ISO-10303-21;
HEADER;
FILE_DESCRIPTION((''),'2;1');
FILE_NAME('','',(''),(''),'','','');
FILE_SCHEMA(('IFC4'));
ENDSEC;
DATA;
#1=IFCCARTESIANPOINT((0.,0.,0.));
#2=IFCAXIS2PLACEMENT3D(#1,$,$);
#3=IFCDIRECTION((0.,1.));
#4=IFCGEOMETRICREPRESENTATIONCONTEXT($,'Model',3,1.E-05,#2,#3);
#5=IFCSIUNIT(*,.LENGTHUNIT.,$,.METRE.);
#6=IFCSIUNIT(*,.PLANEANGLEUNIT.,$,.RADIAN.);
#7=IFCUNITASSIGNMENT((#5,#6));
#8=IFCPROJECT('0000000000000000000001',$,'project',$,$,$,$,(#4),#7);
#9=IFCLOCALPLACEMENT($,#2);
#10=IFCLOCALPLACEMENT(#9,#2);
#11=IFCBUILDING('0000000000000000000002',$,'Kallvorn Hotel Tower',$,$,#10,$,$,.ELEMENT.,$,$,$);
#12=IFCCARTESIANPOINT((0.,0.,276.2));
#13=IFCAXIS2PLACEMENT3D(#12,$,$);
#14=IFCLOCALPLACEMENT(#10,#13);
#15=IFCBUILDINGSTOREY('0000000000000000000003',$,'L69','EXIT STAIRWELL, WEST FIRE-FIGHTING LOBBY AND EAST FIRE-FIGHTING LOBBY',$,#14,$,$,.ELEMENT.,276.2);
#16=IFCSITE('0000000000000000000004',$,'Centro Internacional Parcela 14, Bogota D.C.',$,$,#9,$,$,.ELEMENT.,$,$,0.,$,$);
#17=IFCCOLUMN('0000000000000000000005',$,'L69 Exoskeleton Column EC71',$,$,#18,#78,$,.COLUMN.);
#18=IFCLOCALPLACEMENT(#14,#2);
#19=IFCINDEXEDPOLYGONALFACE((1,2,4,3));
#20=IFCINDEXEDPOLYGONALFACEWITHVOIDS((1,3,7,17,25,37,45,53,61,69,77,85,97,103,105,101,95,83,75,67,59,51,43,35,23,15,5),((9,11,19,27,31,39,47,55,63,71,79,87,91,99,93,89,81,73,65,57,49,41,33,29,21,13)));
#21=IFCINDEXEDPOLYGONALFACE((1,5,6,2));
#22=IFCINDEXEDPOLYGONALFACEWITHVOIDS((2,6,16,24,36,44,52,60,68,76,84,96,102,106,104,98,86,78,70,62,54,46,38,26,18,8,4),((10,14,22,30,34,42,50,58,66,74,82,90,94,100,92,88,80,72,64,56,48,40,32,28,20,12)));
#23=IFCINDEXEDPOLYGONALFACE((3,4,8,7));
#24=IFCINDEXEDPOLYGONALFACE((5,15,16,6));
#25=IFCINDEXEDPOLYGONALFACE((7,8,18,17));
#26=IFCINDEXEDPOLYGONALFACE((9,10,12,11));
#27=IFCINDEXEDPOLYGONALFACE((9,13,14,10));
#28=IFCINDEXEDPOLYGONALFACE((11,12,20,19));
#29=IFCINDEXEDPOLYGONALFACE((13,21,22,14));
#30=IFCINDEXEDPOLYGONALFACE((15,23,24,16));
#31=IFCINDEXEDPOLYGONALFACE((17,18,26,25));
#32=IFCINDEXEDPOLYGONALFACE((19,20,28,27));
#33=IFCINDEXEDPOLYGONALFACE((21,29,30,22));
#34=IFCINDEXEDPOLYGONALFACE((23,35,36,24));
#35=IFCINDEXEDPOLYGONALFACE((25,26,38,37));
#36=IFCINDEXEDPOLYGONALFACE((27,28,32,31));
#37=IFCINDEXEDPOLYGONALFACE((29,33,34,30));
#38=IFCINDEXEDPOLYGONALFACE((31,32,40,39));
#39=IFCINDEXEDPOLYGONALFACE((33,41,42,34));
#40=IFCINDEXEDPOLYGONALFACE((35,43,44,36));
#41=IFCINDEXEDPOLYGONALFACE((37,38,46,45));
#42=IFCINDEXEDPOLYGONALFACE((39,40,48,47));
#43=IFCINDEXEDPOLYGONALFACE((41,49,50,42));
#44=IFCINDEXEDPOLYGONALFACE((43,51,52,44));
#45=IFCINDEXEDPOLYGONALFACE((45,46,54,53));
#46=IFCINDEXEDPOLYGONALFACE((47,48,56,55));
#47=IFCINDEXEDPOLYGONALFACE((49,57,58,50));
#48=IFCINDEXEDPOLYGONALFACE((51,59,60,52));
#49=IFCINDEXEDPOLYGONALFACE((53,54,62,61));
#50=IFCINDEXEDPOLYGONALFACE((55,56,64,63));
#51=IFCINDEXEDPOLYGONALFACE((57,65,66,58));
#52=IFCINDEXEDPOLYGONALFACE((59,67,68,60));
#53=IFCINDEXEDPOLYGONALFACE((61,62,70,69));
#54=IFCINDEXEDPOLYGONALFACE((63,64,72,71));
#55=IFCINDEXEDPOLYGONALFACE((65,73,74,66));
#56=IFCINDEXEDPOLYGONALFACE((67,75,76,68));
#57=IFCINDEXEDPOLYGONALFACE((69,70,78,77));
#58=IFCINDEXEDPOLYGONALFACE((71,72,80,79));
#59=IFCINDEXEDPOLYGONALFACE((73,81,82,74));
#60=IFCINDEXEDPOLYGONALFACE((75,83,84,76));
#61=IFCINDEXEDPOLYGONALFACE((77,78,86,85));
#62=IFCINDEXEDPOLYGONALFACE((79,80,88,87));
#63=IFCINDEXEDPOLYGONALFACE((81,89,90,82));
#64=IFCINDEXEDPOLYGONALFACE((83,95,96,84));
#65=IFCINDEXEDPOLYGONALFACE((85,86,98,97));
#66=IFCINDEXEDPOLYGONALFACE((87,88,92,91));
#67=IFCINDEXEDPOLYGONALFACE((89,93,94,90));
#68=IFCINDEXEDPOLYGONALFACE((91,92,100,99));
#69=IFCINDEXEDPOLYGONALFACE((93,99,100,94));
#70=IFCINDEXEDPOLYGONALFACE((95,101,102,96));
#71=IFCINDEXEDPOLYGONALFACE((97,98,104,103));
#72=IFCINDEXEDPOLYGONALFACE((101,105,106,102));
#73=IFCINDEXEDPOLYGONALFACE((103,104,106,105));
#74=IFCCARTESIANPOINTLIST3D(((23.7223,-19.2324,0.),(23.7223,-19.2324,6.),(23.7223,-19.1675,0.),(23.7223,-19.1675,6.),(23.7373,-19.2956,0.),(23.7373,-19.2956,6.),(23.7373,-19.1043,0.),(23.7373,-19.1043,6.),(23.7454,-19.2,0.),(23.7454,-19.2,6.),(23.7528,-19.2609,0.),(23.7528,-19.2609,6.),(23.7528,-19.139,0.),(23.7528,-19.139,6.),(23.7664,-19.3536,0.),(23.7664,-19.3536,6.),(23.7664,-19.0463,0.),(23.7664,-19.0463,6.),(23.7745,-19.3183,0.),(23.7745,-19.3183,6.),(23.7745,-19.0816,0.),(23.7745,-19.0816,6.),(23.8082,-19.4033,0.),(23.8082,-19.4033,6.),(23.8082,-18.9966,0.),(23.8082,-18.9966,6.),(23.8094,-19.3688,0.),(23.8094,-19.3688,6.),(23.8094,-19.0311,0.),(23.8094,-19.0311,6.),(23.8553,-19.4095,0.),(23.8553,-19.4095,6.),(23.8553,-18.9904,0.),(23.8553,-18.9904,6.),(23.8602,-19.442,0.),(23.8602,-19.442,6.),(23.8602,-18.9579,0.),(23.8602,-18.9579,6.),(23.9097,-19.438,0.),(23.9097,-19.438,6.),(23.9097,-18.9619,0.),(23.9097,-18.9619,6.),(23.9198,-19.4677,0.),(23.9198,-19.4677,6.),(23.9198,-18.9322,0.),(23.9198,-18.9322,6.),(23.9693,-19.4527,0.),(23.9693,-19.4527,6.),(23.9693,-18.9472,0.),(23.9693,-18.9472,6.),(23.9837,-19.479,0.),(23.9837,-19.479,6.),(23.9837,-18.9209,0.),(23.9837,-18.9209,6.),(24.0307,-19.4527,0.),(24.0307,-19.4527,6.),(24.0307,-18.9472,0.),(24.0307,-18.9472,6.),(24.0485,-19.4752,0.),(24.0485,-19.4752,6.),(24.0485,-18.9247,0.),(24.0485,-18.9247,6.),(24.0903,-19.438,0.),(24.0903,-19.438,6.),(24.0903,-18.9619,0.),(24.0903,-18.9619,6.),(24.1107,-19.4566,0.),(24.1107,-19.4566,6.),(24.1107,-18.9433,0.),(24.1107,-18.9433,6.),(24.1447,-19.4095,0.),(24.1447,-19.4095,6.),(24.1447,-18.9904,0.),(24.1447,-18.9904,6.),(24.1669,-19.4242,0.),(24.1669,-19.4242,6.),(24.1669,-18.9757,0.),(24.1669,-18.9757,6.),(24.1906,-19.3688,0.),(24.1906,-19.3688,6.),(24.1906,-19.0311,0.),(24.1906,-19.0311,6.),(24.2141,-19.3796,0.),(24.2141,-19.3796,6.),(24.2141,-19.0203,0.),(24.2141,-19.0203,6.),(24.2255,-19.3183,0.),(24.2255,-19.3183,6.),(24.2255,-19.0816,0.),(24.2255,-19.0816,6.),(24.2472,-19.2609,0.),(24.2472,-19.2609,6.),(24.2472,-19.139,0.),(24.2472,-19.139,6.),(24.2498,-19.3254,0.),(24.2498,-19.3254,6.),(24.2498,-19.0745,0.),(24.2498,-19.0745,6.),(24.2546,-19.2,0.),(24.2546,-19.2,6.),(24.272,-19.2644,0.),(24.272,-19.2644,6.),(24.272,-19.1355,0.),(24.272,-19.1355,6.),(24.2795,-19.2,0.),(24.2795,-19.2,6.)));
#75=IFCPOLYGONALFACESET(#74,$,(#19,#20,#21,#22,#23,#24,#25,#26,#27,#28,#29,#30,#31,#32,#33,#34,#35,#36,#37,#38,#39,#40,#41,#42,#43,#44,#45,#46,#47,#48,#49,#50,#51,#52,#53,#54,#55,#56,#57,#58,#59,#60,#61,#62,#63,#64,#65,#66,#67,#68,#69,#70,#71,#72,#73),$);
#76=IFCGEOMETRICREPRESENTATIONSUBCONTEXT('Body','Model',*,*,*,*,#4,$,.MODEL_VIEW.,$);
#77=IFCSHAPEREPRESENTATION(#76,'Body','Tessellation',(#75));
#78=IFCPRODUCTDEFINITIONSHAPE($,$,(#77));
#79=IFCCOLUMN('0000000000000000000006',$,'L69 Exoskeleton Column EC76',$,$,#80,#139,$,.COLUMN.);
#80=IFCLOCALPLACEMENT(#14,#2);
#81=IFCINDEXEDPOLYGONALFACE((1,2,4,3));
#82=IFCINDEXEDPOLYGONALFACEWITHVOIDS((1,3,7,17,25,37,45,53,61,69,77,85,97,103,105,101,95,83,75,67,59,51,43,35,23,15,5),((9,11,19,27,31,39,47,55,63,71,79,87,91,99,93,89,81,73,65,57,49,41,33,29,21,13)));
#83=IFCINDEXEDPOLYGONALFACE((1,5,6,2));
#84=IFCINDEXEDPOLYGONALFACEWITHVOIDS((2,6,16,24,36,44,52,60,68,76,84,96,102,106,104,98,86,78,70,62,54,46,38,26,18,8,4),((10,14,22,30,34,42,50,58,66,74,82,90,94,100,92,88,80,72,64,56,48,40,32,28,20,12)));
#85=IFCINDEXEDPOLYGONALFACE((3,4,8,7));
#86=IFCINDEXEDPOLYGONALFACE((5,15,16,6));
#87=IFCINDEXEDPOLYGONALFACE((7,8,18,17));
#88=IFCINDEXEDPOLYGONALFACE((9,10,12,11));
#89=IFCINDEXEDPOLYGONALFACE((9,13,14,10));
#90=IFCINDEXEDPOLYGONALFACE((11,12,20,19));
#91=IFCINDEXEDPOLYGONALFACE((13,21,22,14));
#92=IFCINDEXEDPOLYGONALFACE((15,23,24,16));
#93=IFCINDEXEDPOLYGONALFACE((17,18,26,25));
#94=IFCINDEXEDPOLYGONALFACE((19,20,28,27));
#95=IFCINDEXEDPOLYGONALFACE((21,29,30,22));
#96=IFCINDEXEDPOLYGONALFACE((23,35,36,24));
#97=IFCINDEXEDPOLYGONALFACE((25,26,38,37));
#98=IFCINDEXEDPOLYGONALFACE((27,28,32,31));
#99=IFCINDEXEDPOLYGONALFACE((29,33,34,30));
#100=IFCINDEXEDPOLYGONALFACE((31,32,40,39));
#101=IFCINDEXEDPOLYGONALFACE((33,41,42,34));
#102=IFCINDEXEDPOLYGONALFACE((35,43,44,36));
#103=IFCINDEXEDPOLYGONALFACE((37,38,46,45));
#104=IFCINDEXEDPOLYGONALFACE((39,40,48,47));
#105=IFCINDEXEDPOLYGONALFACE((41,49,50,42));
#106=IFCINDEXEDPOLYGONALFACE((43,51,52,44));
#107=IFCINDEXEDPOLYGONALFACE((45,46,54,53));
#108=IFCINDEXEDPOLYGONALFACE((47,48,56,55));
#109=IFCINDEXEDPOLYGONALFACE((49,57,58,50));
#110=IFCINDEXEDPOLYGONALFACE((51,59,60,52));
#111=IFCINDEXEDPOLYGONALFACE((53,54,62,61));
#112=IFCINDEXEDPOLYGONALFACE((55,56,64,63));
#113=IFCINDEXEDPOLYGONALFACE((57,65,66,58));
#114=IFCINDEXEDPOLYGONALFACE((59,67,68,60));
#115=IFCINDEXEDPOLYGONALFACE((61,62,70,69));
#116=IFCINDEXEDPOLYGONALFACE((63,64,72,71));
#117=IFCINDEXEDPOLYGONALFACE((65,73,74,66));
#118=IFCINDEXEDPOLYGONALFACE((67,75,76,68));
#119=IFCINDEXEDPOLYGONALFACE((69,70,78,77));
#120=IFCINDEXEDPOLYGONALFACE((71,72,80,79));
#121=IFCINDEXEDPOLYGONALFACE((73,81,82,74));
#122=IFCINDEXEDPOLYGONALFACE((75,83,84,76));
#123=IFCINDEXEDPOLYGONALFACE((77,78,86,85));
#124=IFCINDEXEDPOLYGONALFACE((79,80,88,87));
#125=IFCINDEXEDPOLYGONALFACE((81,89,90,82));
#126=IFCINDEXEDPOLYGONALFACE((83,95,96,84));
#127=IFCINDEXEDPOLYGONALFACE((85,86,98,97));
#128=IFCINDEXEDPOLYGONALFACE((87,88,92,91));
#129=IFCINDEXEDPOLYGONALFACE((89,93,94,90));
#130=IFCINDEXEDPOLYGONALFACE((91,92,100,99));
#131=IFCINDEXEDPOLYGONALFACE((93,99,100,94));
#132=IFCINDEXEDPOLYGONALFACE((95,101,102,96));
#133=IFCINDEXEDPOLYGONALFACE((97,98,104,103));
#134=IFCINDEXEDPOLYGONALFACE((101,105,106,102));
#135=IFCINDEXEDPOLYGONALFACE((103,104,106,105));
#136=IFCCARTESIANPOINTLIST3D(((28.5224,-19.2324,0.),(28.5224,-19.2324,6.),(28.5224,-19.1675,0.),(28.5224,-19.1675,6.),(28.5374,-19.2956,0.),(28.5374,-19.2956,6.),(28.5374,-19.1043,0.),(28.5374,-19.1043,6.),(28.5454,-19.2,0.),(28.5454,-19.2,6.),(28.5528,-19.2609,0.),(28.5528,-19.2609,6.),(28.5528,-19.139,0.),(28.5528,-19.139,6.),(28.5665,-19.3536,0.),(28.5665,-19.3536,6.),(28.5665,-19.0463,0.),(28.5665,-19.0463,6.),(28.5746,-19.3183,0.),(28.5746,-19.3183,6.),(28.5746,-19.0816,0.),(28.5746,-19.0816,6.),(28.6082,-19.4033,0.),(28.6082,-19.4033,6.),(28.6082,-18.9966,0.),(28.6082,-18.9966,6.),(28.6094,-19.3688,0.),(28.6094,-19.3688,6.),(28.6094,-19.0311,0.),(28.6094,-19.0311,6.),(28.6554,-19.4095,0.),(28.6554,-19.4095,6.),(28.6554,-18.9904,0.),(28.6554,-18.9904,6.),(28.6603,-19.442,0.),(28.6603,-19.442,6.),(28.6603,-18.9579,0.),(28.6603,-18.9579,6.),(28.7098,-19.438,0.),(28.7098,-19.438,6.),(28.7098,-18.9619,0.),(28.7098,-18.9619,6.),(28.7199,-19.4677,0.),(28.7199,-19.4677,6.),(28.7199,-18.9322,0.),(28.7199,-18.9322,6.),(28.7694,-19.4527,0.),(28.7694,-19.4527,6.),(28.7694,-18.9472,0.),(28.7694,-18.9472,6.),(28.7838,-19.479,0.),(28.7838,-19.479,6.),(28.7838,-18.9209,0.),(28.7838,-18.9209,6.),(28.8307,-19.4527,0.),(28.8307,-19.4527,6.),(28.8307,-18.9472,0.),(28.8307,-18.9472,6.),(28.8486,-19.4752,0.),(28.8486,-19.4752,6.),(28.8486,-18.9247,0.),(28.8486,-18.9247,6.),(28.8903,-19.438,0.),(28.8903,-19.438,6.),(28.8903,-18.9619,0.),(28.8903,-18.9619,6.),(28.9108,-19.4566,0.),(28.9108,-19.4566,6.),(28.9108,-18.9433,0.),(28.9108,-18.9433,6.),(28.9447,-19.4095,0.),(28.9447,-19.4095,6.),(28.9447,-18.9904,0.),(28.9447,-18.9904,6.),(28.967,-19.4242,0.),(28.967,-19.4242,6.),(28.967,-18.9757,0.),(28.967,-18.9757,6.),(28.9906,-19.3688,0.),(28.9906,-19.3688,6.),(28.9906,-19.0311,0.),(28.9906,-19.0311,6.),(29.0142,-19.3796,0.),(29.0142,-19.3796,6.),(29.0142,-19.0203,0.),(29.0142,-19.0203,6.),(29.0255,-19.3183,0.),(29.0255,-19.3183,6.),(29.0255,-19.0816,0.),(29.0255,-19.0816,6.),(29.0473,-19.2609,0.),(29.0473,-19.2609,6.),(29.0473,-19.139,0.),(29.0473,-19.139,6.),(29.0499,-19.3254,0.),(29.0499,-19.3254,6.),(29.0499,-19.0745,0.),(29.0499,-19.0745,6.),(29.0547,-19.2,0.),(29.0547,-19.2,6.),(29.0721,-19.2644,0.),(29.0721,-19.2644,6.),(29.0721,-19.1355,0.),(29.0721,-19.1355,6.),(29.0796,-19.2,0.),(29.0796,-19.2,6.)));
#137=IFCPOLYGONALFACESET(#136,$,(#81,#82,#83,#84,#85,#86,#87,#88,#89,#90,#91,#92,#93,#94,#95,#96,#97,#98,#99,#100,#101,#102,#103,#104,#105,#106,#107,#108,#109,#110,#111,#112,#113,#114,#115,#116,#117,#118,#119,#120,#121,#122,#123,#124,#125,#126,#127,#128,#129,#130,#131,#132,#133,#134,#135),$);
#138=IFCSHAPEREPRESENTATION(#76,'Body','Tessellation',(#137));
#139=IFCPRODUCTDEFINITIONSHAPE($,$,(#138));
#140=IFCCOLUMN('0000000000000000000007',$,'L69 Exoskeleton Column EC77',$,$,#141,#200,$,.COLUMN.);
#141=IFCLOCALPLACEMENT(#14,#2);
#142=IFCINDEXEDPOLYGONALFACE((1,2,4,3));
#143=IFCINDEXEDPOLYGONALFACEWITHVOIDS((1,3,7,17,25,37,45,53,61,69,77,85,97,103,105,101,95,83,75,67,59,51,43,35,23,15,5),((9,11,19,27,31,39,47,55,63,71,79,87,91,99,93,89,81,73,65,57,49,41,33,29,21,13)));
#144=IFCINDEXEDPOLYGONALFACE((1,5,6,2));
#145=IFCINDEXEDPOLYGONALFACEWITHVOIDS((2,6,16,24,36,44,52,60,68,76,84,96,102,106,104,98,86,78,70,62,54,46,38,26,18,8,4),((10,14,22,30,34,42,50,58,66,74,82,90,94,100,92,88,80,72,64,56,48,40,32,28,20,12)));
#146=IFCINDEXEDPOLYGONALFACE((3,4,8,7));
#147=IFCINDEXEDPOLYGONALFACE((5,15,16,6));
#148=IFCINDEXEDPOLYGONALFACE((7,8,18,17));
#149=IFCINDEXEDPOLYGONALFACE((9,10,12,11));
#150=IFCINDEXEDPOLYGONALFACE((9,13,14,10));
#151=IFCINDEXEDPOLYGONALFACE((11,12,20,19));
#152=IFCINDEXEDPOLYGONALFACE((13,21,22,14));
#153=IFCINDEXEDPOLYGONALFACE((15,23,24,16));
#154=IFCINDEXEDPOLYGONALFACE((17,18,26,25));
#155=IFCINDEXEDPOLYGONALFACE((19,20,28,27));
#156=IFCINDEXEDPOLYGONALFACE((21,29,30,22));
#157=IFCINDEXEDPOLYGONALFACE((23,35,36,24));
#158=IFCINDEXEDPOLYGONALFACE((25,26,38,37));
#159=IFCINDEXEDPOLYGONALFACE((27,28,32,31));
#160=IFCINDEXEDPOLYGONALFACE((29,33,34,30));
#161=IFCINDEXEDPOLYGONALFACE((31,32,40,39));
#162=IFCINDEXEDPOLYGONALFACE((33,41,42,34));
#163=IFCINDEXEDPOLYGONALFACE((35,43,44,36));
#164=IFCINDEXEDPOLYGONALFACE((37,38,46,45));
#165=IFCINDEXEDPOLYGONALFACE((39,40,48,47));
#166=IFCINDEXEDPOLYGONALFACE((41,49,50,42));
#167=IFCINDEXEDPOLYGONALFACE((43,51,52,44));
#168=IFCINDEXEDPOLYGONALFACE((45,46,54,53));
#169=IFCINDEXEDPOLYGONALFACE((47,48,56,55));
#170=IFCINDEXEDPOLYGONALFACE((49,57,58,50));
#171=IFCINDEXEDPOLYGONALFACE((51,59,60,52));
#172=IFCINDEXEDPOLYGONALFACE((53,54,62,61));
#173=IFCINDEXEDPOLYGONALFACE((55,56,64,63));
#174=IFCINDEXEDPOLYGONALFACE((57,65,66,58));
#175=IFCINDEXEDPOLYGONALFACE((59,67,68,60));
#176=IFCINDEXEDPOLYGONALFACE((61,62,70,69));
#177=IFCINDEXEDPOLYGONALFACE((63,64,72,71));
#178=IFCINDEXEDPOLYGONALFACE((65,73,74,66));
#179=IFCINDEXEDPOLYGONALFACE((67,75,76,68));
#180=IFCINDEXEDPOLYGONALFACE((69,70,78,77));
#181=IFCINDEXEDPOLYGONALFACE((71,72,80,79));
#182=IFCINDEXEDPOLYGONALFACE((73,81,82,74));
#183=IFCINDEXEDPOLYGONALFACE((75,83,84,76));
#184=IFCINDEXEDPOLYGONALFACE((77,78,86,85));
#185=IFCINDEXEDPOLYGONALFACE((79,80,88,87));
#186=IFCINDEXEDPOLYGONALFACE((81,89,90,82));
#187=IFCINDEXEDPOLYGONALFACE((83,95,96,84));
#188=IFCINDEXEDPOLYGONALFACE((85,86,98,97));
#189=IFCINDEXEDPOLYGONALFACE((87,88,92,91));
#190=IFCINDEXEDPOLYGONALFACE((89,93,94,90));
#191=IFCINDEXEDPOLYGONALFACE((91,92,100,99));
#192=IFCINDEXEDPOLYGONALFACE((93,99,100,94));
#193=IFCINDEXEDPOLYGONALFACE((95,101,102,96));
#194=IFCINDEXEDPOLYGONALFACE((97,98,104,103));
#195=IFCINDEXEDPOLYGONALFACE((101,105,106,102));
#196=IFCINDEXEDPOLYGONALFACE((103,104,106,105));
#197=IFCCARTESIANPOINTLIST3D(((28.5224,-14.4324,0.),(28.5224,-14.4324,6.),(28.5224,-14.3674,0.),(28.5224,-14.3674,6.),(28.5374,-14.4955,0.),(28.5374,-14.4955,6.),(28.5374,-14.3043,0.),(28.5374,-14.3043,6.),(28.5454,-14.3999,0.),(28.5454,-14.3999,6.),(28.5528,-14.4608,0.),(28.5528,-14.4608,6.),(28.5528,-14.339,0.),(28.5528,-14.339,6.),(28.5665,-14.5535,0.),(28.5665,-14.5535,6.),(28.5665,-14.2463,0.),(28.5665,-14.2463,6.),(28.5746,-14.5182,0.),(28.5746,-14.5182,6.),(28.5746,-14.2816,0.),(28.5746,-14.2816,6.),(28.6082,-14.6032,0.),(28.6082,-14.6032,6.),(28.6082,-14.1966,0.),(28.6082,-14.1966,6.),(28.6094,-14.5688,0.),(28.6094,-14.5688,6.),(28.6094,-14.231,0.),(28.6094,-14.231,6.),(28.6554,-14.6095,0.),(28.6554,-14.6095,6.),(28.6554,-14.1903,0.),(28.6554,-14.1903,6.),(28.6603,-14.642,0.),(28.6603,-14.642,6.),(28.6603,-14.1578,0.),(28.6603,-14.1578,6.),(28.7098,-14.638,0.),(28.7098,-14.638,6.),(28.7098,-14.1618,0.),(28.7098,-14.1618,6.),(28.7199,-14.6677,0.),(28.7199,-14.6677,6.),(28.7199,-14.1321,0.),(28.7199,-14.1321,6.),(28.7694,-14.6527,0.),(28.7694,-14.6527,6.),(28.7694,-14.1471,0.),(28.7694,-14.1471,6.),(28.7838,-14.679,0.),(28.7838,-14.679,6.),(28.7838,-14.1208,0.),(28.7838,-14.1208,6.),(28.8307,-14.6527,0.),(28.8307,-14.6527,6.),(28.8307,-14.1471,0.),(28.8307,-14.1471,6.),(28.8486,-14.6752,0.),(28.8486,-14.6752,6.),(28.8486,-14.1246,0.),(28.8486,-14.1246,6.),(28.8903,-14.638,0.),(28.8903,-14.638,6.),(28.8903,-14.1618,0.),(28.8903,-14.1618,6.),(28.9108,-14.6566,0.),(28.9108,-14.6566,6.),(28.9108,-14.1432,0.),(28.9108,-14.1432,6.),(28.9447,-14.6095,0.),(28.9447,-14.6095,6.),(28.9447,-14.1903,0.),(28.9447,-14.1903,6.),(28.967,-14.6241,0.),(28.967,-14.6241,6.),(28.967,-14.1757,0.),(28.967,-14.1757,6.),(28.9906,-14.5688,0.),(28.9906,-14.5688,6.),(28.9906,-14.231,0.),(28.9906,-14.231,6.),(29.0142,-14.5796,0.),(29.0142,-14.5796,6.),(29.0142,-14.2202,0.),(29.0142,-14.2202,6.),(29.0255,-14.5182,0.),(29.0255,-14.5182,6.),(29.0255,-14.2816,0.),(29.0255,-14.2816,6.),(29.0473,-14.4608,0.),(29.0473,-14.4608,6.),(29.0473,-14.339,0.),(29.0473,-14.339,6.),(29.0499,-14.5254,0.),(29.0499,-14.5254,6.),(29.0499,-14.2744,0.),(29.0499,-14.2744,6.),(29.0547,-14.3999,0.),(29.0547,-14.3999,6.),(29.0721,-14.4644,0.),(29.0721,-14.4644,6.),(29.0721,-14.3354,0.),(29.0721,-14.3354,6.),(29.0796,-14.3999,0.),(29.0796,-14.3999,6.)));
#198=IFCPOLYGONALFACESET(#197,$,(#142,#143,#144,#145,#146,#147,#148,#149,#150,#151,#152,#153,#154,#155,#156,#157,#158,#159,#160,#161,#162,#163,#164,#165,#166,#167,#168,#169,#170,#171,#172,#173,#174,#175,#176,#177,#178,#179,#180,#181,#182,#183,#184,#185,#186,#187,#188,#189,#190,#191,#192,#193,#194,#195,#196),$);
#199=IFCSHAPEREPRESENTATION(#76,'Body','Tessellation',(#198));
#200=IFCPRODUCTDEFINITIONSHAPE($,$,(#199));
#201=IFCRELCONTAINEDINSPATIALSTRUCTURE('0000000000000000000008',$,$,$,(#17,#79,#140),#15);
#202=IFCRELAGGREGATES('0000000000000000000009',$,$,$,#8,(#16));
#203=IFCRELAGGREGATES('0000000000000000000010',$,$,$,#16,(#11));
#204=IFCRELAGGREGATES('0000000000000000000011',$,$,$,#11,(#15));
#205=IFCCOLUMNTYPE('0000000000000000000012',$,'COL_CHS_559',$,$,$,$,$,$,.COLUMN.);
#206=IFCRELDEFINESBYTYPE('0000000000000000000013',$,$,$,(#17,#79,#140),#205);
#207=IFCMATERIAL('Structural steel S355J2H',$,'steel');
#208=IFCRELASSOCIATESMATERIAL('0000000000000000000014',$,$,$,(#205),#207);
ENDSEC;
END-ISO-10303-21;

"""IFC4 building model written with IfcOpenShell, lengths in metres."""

from ifc_helpers import new_model, si_unit, direction, frame, origin, origin_2d, place, context, subcontext, project, spatial, hollow_circle, extrude, material, material_profile, profile_set, type_object, element, save


model = new_model("IFC4")

# Units and contexts
model_context = context("Model", 3, precision=1e-05, world=origin(), true_north=direction((0.0, 1.0)))
body_context = subcontext(model_context, "Body", "Model", "MODEL_VIEW")
ifc_project = project(units=[si_unit("LENGTHUNIT", "METRE"), si_unit("PLANEANGLEUNIT", "RADIAN")], contexts=[model_context])

# Site, building, storey
site_placement = place(None, origin())
site = spatial("IfcSite", under=ifc_project, at=site_placement, Name="Centro Internacional Parcela 14, Bogota D.C.", CompositionType="ELEMENT", RefElevation=0.0)
building_placement = place(site_placement, origin())
building = spatial("IfcBuilding", under=site, at=building_placement, Name="Kallvorn Hotel Tower", CompositionType="ELEMENT")
storey_placement = place(building_placement, frame((0.0, 0.0, 276.2)))
storey = spatial("IfcBuildingStorey", under=building, at=storey_placement, Name="L69", Description="EXIT STAIRWELL, WEST FIRE-FIGHTING LOBBY AND EAST FIRE-FIGHTING LOBBY", CompositionType="ELEMENT", Elevation=276.2)

# Columns
ifc_material_1 = material(Name="Structural steel S355J2H", Category="steel")
ifc_material_profile_1 = material_profile(ifc_material_1, hollow_circle(Radius=0.2795, WallThickness=0.0249, at=origin_2d()), Name="CHS 559x25")
ifc_profile_set_1 = profile_set([ifc_material_profile_1], Name="Structural steel S355J2H")
column_type_1 = type_object("IfcColumnType", Name="COL_CHS_559", PredefinedType="COLUMN", material=ifc_profile_set_1)
for number, where, z_axis, x_axis, name in (
    (1, (24.0, -19.2, 0.0), (0.0, 0.0, 1.0), (1.0, 0.0, 0.0), "L69 Exoskeleton Column EC71"),
    (2, (28.8, -19.2, 0.0), (0.0, 0.0, 1.0), (1.0, 0.0, 0.0), "L69 Exoskeleton Column EC76"),
    (3, (28.8, -14.3999, 0.0), (0.0, 0.0, 1.0), (1.0, 0.0, 0.0), "L69 Exoskeleton Column EC77"),
):
    element("IfcColumn", number, at=place(storey_placement, frame(where, z_axis=z_axis, x_axis=x_axis)), inside=storey, type_object=column_type_1, Name=name, PredefinedType="COLUMN", context=body_context, shape_type="SweptSolid", body=[
        extrude(hollow_circle(Radius=0.2795, WallThickness=0.0249, at=origin_2d()), origin(), (0.0, 0.0, 1.0), 6.0),
    ])

save(model, "model.ifc")
